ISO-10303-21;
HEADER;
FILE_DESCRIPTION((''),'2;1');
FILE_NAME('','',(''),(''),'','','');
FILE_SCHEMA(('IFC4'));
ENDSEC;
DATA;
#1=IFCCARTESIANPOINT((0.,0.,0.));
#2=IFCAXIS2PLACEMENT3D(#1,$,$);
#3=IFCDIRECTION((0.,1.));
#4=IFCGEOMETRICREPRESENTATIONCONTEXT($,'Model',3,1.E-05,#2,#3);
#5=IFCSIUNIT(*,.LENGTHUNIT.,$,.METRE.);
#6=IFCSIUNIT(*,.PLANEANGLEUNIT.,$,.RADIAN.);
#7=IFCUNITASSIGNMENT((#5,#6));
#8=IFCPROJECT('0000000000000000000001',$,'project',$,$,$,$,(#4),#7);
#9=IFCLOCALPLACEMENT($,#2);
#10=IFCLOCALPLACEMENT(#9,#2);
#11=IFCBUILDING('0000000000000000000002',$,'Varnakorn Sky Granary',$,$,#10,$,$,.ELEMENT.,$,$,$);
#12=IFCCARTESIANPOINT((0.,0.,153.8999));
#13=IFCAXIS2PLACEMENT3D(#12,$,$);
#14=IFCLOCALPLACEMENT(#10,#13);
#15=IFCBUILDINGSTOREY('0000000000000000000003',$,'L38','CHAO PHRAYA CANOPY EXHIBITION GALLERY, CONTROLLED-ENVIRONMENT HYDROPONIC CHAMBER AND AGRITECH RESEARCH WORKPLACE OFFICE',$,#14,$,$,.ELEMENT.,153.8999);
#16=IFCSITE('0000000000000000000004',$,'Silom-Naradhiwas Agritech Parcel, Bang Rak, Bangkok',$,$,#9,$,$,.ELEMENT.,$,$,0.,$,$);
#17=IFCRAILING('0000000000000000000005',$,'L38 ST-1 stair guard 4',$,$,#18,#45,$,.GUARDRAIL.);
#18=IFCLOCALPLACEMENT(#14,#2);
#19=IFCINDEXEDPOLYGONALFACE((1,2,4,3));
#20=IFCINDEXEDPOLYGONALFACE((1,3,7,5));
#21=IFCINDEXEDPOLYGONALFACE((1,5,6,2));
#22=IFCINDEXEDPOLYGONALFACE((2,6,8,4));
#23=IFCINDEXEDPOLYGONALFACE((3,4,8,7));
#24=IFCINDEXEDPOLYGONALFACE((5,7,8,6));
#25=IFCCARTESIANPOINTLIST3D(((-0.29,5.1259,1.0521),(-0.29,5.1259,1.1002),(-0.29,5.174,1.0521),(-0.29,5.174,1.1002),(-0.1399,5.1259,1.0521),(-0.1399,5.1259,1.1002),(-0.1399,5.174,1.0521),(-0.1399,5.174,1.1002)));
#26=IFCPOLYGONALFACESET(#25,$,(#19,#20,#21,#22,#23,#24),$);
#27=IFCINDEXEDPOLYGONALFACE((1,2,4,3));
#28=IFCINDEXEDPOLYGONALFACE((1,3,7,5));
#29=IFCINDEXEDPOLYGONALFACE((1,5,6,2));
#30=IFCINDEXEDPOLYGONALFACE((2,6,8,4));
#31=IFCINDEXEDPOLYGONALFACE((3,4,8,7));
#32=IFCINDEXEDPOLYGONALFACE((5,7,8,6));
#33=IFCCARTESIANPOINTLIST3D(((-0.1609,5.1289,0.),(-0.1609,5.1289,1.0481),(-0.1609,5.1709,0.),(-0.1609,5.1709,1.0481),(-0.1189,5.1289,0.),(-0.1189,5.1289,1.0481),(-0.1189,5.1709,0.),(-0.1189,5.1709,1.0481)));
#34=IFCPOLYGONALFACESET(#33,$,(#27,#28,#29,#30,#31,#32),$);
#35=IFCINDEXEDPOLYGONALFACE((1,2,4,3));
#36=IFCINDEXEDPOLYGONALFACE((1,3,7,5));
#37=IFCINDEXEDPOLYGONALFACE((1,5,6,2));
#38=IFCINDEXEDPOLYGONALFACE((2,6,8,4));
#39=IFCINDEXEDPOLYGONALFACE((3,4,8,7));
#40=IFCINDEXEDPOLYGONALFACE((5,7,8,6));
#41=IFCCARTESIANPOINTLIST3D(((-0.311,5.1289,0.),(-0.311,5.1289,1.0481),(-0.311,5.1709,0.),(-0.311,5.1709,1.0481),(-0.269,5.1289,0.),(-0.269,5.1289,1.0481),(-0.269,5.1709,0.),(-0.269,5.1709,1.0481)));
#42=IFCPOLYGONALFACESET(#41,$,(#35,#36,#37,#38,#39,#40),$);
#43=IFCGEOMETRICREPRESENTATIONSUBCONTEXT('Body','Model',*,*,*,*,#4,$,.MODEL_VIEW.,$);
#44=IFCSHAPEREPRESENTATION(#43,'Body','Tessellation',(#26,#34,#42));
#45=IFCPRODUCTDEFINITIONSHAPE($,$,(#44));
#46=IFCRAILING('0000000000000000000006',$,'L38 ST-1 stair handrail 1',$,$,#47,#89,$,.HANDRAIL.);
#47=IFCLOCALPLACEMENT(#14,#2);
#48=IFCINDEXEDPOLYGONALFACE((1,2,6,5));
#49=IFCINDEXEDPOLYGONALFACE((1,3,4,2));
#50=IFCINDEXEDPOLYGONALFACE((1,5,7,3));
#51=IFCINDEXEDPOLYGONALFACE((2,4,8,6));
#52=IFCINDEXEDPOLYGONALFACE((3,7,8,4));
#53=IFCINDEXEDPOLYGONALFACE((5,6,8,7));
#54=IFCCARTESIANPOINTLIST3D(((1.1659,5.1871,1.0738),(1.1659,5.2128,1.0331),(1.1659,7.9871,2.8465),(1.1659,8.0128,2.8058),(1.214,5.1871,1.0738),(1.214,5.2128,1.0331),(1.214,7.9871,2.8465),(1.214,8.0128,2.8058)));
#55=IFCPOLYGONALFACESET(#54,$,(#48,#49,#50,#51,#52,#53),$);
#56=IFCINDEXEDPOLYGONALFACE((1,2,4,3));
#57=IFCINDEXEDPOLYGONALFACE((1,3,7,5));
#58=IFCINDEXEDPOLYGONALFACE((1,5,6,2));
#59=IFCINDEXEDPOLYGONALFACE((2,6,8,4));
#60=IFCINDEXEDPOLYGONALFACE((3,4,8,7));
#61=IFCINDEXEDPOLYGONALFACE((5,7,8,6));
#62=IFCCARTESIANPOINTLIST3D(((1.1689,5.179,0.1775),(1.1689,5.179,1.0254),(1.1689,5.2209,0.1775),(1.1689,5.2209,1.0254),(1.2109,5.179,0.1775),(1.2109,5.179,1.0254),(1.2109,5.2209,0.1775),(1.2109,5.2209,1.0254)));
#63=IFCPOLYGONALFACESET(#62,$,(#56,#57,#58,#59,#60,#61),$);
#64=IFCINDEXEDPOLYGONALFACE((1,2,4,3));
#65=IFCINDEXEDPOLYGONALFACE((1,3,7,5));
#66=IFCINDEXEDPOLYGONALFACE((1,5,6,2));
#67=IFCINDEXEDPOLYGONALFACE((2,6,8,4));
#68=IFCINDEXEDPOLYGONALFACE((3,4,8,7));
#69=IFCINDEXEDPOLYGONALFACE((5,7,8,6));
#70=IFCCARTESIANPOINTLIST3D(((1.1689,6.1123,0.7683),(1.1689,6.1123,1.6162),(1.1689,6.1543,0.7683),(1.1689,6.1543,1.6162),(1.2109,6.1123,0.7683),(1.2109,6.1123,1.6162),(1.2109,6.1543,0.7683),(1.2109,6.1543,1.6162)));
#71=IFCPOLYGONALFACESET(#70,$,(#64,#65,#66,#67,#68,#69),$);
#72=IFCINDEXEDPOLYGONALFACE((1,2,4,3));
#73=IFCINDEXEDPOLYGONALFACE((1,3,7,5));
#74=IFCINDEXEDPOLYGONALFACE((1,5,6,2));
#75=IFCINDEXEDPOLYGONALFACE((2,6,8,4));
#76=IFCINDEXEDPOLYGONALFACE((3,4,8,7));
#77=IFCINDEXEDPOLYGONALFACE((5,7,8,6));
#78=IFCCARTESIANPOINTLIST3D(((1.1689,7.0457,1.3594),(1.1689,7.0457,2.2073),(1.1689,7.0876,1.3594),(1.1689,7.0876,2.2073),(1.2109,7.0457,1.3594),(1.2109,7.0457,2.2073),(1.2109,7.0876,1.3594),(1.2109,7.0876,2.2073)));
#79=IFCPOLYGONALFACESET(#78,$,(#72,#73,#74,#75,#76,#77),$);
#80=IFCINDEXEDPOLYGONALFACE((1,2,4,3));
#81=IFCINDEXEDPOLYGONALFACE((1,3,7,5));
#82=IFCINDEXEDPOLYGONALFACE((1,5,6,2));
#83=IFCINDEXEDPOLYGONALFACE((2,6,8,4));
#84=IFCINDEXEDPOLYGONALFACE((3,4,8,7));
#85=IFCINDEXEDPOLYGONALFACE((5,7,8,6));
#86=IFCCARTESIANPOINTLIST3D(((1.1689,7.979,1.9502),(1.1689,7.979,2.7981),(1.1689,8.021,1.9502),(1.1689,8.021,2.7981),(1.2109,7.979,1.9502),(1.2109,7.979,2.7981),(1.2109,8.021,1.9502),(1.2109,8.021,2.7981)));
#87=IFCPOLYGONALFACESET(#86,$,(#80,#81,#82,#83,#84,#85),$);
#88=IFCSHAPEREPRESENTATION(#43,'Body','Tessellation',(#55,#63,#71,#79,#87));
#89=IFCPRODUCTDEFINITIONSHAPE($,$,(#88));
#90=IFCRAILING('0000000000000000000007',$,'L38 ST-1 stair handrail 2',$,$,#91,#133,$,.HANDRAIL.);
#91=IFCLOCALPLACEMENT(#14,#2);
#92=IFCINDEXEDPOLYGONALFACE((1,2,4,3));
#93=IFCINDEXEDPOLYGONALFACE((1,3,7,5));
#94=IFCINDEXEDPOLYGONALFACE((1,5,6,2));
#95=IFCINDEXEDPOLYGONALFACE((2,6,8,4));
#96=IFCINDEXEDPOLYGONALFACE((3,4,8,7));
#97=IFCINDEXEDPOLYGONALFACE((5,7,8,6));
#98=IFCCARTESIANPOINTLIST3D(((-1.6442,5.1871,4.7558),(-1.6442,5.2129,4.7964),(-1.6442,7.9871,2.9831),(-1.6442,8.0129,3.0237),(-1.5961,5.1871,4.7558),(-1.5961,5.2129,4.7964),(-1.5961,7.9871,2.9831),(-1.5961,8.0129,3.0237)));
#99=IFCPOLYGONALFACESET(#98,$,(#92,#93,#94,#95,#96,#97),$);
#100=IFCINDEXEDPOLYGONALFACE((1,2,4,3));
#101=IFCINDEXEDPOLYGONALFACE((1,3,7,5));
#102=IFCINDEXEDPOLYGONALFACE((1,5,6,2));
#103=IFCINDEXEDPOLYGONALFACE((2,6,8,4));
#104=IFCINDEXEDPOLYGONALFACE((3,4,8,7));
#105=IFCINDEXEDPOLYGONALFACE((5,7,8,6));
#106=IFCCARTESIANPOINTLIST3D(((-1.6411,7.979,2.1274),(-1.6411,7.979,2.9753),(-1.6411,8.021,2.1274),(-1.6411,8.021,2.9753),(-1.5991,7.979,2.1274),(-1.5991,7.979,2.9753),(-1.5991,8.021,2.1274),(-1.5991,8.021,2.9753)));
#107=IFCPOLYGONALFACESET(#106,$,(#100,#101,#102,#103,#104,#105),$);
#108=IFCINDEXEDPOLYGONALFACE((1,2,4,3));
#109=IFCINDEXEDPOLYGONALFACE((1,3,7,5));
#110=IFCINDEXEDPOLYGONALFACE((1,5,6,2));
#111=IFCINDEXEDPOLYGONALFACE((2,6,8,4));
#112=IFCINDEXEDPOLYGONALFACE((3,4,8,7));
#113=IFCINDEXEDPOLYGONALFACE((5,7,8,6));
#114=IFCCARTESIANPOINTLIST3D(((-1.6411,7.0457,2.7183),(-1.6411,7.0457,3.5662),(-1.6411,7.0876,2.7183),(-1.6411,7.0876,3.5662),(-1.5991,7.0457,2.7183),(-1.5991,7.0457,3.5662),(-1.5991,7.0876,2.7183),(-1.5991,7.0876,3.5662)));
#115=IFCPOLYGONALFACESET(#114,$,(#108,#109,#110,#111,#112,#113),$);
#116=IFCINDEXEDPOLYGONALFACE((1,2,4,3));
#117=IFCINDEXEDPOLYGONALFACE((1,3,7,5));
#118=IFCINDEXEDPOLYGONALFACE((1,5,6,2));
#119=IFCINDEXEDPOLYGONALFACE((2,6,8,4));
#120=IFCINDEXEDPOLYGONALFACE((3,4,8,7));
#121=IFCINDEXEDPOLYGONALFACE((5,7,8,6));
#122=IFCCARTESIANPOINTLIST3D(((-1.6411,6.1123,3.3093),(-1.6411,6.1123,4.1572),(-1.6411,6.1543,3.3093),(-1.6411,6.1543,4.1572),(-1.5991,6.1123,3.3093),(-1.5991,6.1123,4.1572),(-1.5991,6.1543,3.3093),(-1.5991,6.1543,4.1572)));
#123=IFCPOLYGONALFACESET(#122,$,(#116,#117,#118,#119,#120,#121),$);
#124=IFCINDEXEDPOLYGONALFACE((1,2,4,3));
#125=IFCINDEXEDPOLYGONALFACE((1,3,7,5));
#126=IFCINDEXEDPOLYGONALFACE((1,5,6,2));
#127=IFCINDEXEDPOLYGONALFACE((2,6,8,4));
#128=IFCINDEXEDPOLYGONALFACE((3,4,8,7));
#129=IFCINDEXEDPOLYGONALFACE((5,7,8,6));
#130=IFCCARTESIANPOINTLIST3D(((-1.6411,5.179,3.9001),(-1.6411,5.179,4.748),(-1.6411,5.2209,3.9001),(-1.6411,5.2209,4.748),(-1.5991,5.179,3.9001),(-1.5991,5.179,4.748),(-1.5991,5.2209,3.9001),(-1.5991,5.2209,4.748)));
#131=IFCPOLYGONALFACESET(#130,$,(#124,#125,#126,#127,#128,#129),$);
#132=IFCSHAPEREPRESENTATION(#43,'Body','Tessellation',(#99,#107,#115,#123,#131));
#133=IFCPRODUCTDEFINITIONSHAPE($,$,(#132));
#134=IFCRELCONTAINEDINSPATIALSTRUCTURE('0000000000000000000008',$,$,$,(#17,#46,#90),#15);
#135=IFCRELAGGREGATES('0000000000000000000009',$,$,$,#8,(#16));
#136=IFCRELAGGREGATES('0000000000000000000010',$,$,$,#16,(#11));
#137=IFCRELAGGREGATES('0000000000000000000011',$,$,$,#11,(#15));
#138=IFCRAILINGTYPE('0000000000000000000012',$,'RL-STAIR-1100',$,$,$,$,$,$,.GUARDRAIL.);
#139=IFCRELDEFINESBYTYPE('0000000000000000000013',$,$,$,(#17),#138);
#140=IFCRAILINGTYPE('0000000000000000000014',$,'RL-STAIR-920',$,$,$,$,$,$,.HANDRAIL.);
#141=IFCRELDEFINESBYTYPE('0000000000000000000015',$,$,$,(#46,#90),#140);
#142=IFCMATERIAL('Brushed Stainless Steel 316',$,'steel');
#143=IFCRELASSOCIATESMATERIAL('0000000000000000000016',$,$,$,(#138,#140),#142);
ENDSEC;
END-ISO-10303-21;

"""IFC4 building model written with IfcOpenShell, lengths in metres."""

from ifc_helpers import new_model, si_unit, direction, frame, origin, origin_2d, place, context, subcontext, project, spatial, rectangle, extrude, material, type_object, element, save


model = new_model("IFC4")

# Units and contexts
model_context = context("Model", 3, precision=1e-05, world=origin(), true_north=direction((0.0, 1.0)))
body_context = subcontext(model_context, "Body", "Model", "MODEL_VIEW")
ifc_project = project(units=[si_unit("LENGTHUNIT", "METRE"), si_unit("PLANEANGLEUNIT", "RADIAN")], contexts=[model_context])

# Site, building, storey
site_placement = place(None, origin())
site = spatial("IfcSite", under=ifc_project, at=site_placement, Name="Silom-Naradhiwas Agritech Parcel, Bang Rak, Bangkok", CompositionType="ELEMENT", RefElevation=0.0)
building_placement = place(site_placement, origin())
building = spatial("IfcBuilding", under=site, at=building_placement, Name="Varnakorn Sky Granary", CompositionType="ELEMENT")
storey_placement = place(building_placement, frame((0.0, 0.0, 153.8999)))
storey = spatial("IfcBuildingStorey", under=building, at=storey_placement, Name="L38", Description="CHAO PHRAYA CANOPY EXHIBITION GALLERY, CONTROLLED-ENVIRONMENT HYDROPONIC CHAMBER AND AGRITECH RESEARCH WORKPLACE OFFICE", CompositionType="ELEMENT", Elevation=153.8999)

# Railings
ifc_material_1 = material(Name="Brushed Stainless Steel 316", Category="steel")
railing_type_1 = type_object("IfcRailingType", Name="RL-STAIR-1100", PredefinedType="GUARDRAIL", material=ifc_material_1)
railing_1_placement = place(storey_placement, frame((-0.1399, 5.1499, 0.0)))
element("IfcRailing", 1, at=railing_1_placement, inside=storey, type_object=railing_type_1, Name="L38 ST-1 stair guard 4", PredefinedType="GUARDRAIL", context=body_context, shape_type="SweptSolid", body=[
    extrude(rectangle(XDim=0.0481, YDim=0.0481, at=origin_2d()), frame((0.0, 0.0, 1.0762), z_axis=(-1.0, 0.0, 0.0), x_axis=(0.0, -1.0, 0.0)), (0.0, 0.0, 1.0), 0.1501),
    extrude(rectangle(XDim=0.042, YDim=0.042, at=origin_2d()), origin(), (0.0, 0.0, 1.0), 1.0481),
    extrude(rectangle(XDim=0.042, YDim=0.042, at=origin_2d()), frame((-0.1501, 0.0, 0.0)), (0.0, 0.0, 1.0), 1.0481),
])
railing_type_2 = type_object("IfcRailingType", Name="RL-STAIR-920", PredefinedType="HANDRAIL", material=ifc_material_1)
railing_2_placement = place(storey_placement, frame((1.1899, 5.2, 0.1775)))
element("IfcRailing", 2, at=railing_2_placement, inside=storey, type_object=railing_type_2, Name="L38 ST-1 stair handrail 1", PredefinedType="HANDRAIL", context=body_context, shape_type="SweptSolid", body=[
    extrude(rectangle(XDim=0.0481, YDim=0.0481, at=origin_2d()), frame((0.0, 0.0, 0.876), z_axis=(0.0, 0.844909, 0.53491), x_axis=(-1.0, 0.0, 0.0)), (0.0, 0.0, 1.0), 3.314),
    extrude(rectangle(XDim=0.042, YDim=0.042, at=origin_2d()), origin(), (0.0, 0.0, 1.0), 0.8479),
    extrude(rectangle(XDim=0.042, YDim=0.042, at=origin_2d()), frame((0.0, 0.9333, 0.5908)), (0.0, 0.0, 1.0), 0.8479),
    extrude(rectangle(XDim=0.042, YDim=0.042, at=origin_2d()), frame((0.0, 1.8667, 1.1819)), (0.0, 0.0, 1.0), 0.8479),
    extrude(rectangle(XDim=0.042, YDim=0.042, at=origin_2d()), frame((0.0, 2.8, 1.7727)), (0.0, 0.0, 1.0), 0.8479),
])
railing_3_placement = place(storey_placement, frame((-1.6201, 8.0, 2.1274)))
element("IfcRailing", 3, at=railing_3_placement, inside=storey, type_object=railing_type_2, Name="L38 ST-1 stair handrail 2", PredefinedType="HANDRAIL", context=body_context, shape_type="SweptSolid", body=[
    extrude(rectangle(XDim=0.0481, YDim=0.0481, at=origin_2d()), frame((0.0, 0.0, 0.876), z_axis=(0.0, -0.844909, 0.53491), x_axis=(1.0, 0.0, 0.0)), (0.0, 0.0, 1.0), 3.314),
    extrude(rectangle(XDim=0.042, YDim=0.042, at=origin_2d()), origin(), (0.0, 0.0, 1.0), 0.8479),
    extrude(rectangle(XDim=0.042, YDim=0.042, at=origin_2d()), frame((0.0, -0.9333, 0.5908)), (0.0, 0.0, 1.0), 0.8479),
    extrude(rectangle(XDim=0.042, YDim=0.042, at=origin_2d()), frame((0.0, -1.8667, 1.1819)), (0.0, 0.0, 1.0), 0.8479),
    extrude(rectangle(XDim=0.042, YDim=0.042, at=origin_2d()), frame((0.0, -2.8, 1.7727)), (0.0, 0.0, 1.0), 0.8479),
])

save(model, "model.ifc")
